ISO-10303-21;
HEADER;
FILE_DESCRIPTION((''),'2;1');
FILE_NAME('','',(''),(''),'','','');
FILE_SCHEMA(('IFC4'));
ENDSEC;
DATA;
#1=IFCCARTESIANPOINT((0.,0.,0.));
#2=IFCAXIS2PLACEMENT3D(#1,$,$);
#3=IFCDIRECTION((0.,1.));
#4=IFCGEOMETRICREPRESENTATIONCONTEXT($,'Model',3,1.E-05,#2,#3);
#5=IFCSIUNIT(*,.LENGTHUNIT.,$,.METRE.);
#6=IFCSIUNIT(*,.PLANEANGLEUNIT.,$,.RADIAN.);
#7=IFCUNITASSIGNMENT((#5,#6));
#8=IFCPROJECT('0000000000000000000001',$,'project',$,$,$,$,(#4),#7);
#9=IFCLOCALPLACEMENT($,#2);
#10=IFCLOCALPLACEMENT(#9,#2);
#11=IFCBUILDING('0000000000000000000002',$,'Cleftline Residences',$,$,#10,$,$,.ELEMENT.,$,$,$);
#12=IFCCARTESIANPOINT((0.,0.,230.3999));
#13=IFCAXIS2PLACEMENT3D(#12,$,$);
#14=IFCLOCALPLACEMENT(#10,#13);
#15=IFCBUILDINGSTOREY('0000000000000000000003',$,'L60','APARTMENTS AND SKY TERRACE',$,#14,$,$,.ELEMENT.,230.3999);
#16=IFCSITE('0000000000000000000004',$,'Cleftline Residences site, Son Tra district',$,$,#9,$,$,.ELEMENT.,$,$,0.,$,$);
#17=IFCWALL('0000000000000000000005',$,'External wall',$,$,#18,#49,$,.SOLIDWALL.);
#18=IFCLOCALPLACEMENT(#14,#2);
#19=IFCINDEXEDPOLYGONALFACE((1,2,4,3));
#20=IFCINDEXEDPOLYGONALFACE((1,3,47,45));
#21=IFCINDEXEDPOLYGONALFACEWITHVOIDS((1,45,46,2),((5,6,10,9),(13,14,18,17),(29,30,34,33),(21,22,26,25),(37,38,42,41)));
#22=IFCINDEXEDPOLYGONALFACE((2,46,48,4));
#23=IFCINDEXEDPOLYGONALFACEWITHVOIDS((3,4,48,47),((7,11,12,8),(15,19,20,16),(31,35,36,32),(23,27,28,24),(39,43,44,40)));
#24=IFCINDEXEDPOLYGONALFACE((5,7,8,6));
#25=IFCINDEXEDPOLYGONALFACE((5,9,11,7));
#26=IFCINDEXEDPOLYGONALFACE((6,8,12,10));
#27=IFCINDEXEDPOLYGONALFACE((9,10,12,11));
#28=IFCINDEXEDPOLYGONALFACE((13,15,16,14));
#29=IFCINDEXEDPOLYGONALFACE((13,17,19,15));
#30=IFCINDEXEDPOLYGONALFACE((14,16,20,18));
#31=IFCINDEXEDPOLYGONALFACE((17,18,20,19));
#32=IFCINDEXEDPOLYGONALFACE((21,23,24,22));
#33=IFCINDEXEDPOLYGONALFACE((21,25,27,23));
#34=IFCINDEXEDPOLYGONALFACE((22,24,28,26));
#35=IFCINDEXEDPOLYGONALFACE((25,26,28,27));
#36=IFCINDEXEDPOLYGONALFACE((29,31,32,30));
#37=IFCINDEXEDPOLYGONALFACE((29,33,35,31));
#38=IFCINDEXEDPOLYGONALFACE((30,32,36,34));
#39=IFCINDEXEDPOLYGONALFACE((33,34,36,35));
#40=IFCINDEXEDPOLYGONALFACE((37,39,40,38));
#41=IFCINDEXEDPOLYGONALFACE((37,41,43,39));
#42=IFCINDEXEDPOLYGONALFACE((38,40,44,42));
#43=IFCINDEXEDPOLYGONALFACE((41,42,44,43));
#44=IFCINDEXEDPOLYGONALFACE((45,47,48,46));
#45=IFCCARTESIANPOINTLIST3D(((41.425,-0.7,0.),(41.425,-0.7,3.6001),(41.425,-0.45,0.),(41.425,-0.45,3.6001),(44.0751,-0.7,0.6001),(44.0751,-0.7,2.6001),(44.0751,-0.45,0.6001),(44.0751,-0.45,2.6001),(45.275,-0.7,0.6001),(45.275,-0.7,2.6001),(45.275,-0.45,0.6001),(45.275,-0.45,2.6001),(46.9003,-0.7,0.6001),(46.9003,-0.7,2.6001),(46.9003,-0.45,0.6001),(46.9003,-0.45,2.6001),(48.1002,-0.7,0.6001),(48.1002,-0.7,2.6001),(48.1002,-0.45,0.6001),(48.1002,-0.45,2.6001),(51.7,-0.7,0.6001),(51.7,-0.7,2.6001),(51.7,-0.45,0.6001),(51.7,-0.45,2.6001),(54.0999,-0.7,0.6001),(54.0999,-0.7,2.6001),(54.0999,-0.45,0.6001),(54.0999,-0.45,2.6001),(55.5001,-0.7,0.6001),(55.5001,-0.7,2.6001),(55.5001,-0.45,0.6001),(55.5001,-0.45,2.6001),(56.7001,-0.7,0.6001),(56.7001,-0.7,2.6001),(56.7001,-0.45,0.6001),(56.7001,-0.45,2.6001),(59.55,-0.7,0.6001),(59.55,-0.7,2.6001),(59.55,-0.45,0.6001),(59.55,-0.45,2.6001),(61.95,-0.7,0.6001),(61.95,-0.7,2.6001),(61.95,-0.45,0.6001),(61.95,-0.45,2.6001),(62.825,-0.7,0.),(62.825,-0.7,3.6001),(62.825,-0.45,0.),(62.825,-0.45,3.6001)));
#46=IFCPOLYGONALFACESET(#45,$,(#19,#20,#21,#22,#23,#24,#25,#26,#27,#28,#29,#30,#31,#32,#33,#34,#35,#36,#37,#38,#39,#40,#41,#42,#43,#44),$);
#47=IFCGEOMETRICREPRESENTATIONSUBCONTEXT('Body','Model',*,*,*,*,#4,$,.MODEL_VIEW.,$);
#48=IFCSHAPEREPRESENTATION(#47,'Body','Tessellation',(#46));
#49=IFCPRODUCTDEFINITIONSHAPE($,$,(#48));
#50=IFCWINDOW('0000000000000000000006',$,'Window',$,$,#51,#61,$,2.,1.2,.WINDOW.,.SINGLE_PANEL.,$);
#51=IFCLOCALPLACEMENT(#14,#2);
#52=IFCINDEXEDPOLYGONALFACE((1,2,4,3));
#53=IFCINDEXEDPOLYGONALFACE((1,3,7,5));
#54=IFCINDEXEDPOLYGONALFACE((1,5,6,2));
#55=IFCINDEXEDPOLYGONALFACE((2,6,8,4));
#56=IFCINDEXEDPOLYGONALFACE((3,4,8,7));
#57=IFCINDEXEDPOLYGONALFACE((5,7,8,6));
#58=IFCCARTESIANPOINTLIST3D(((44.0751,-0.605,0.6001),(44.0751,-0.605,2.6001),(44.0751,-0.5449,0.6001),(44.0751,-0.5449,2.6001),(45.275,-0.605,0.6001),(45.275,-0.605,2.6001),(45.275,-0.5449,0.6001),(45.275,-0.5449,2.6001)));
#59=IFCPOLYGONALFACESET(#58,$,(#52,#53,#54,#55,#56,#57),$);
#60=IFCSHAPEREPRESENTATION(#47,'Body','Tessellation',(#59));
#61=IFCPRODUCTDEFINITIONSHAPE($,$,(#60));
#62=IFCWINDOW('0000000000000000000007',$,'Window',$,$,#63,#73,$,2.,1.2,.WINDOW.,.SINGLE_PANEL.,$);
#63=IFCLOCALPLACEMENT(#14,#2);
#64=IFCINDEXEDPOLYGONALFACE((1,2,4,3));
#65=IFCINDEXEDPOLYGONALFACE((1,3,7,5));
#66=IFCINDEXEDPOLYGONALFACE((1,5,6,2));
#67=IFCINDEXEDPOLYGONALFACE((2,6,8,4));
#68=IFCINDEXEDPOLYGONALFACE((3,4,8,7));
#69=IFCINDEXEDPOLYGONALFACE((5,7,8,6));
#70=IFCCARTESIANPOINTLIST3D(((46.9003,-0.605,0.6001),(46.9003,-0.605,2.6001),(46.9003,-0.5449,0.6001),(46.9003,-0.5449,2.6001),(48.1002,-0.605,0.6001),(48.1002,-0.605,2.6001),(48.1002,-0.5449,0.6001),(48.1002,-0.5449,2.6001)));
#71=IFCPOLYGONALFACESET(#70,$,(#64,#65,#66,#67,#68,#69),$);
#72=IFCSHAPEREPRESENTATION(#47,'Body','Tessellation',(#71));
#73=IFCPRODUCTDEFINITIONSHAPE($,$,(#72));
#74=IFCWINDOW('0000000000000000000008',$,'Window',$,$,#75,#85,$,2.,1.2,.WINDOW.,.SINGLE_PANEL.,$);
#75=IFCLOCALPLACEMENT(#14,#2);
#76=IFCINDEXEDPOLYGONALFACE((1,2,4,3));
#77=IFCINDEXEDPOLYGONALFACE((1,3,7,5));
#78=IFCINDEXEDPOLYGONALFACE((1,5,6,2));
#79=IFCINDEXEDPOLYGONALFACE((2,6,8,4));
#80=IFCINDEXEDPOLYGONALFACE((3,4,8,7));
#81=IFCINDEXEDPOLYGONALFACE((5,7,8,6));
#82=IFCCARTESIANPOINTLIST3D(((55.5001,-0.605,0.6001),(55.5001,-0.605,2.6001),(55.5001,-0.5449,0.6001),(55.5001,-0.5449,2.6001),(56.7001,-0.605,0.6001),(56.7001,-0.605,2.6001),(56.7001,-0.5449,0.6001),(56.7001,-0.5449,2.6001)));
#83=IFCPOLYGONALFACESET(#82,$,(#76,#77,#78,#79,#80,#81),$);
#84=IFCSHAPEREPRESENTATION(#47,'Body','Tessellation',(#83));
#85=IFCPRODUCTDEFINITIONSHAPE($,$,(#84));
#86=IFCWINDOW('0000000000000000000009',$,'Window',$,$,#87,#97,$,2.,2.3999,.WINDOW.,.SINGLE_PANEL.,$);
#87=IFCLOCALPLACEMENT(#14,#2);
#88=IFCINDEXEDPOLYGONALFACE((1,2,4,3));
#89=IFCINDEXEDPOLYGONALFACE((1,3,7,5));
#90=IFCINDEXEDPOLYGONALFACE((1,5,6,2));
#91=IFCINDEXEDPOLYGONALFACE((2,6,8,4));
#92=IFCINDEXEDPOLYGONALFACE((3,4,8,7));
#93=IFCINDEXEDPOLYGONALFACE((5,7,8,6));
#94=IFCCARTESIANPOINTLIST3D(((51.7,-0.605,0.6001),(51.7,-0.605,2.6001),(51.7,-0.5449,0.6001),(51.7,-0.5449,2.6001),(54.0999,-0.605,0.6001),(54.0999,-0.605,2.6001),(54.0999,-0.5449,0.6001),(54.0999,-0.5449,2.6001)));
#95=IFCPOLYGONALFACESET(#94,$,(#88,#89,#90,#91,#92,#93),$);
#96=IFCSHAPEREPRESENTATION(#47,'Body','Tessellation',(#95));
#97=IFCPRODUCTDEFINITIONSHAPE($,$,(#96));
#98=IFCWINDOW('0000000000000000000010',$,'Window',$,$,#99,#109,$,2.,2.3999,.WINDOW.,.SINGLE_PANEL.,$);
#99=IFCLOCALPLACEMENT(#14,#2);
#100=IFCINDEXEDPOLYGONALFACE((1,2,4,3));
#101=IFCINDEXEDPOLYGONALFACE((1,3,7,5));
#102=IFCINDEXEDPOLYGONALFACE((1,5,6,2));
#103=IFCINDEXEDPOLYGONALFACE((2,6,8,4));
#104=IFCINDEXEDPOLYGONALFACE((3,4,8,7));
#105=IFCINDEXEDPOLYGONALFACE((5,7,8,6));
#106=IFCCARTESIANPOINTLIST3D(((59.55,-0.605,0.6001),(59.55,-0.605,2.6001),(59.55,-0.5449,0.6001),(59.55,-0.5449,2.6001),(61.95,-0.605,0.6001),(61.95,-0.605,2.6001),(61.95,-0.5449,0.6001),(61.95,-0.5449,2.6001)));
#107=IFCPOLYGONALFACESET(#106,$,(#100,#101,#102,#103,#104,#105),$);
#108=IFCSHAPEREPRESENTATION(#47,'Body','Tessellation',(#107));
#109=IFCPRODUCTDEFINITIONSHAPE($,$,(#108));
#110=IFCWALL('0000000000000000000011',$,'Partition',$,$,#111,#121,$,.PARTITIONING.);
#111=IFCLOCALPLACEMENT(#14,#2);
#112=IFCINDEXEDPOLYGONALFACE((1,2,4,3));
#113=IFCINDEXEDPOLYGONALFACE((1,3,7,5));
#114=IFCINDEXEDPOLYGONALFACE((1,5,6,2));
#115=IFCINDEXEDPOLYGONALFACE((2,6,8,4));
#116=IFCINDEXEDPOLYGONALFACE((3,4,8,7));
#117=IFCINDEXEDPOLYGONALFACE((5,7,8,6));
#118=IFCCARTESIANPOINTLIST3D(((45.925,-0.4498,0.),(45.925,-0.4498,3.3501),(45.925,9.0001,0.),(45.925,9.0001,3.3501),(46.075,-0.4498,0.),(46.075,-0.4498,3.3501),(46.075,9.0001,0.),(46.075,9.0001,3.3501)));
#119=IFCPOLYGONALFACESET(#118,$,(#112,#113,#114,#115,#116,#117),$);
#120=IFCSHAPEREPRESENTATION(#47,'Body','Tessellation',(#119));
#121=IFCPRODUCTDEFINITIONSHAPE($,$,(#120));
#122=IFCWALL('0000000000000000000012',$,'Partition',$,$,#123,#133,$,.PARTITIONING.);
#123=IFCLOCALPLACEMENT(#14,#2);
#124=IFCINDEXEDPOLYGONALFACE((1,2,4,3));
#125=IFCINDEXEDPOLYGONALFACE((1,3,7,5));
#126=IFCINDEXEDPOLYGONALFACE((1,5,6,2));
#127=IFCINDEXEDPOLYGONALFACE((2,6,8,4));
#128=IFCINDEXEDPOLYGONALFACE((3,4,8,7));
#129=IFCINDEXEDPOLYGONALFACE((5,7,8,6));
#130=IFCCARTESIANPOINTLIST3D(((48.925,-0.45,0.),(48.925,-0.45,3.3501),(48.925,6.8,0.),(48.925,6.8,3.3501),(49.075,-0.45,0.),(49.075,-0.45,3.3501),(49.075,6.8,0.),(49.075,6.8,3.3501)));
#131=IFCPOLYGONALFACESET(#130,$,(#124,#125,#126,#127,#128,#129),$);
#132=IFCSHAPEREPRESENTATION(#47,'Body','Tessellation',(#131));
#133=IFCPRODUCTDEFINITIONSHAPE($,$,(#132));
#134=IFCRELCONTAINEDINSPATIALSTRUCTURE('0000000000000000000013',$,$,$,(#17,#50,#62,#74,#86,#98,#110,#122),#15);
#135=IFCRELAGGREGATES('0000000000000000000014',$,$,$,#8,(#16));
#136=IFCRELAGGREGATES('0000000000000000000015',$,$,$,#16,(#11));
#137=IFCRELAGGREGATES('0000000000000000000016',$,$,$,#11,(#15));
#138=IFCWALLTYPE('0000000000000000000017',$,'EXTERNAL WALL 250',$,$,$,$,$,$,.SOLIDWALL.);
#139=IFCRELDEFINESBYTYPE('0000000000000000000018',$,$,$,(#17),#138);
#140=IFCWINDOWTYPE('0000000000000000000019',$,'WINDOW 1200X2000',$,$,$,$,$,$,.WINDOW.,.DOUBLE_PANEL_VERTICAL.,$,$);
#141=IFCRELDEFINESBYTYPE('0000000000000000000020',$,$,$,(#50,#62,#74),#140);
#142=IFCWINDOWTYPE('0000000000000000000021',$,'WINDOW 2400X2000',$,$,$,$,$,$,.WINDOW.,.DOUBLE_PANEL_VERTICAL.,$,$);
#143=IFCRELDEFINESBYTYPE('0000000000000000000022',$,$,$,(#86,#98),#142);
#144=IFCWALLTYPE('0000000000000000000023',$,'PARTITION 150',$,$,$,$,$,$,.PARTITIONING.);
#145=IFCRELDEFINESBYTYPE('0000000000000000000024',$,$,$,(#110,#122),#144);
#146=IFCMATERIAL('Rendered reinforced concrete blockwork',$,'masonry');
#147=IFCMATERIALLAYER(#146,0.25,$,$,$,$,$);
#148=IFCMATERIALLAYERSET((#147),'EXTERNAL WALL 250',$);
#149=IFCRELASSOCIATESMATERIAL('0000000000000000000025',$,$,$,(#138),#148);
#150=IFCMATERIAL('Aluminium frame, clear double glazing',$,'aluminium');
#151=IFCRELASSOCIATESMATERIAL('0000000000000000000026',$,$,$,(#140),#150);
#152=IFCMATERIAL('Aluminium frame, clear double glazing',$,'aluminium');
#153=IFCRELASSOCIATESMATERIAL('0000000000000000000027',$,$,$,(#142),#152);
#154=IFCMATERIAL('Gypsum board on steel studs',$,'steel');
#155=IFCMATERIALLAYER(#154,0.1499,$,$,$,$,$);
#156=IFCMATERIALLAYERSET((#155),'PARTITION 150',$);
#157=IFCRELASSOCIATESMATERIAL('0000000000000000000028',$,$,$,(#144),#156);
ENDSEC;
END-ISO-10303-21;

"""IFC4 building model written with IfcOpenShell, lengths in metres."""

from ifc_helpers import new_model, si_unit, direction, frame, frame_2d, origin, place, context, subcontext, project, spatial, rectangle, extrude, material, layer, layer_set, type_object, element, fill, save


model = new_model("IFC4")

# Units and contexts
model_context = context("Model", 3, precision=1e-05, world=origin(), true_north=direction((0.0, 1.0)))
body_context = subcontext(model_context, "Body", "Model", "MODEL_VIEW")
ifc_project = project(units=[si_unit("LENGTHUNIT", "METRE"), si_unit("PLANEANGLEUNIT", "RADIAN")], contexts=[model_context])

# Site, building, storey
site_placement = place(None, origin())
site = spatial("IfcSite", under=ifc_project, at=site_placement, Name="Cleftline Residences site, Son Tra district", CompositionType="ELEMENT", RefElevation=0.0)
building_placement = place(site_placement, origin())
building = spatial("IfcBuilding", under=site, at=building_placement, Name="Cleftline Residences", CompositionType="ELEMENT")
storey_placement = place(building_placement, frame((0.0, 0.0, 230.3999)))
storey = spatial("IfcBuildingStorey", under=building, at=storey_placement, Name="L60", Description="APARTMENTS AND SKY TERRACE", CompositionType="ELEMENT", Elevation=230.3999)

# Wall, openings, windows
ifc_material_1 = material(Name="Rendered reinforced concrete blockwork", Category="masonry")
ifc_layer_1 = layer(ifc_material_1, 0.25)
ifc_layer_set_1 = layer_set([ifc_layer_1], Name="EXTERNAL WALL 250")
wall_type_1 = type_object("IfcWallType", Name="EXTERNAL WALL 250", PredefinedType="SOLIDWALL", material=ifc_layer_set_1)
wall_1_placement = place(storey_placement, frame((41.425, -0.575, 0.0), z_axis=(0.0, 0.0, 1.0), x_axis=(1.0, 0.0, 0.0)))
wall_1 = element("IfcWall", 1, at=wall_1_placement, inside=storey, type_object=wall_type_1, Name="External wall", PredefinedType="SOLIDWALL", context=body_context, shape_type="SweptSolid", body=[
    extrude(rectangle(XDim=21.3999, YDim=0.25, at=frame_2d((10.7, 0.0))), origin(), (0.0, 0.0, 1.0), 3.6001),
])
opening_1_placement = place(wall_1_placement, frame((2.6499, 0.0, 0.6001)))
opening_1 = element("IfcOpeningElement", 2, at=opening_1_placement, cuts=wall_1, PredefinedType="OPENING", context=body_context, shape_type="SweptSolid", body=[
    extrude(rectangle(XDim=1.2, YDim=2.0, at=frame_2d((0.6001, 1.0))), frame((0.0, 0.135, 0.0), z_axis=(0.0, -1.0, 0.0), x_axis=(1.0, 0.0, 0.0)), (0.0, 0.0, 1.0), 0.27),
])
opening_2_placement = place(wall_1_placement, frame((5.4751, 0.0, 0.6001)))
opening_2 = element("IfcOpeningElement", 3, at=opening_2_placement, cuts=wall_1, PredefinedType="OPENING", context=body_context, shape_type="SweptSolid", body=[
    extrude(rectangle(XDim=1.2, YDim=2.0, at=frame_2d((0.6001, 1.0))), frame((0.0, 0.135, 0.0), z_axis=(0.0, -1.0, 0.0), x_axis=(1.0, 0.0, 0.0)), (0.0, 0.0, 1.0), 0.27),
])
opening_3_placement = place(wall_1_placement, frame((10.2749, 0.0, 0.6001)))
opening_3 = element("IfcOpeningElement", 4, at=opening_3_placement, cuts=wall_1, PredefinedType="OPENING", context=body_context, shape_type="SweptSolid", body=[
    extrude(rectangle(XDim=2.3999, YDim=2.0, at=frame_2d((1.2, 1.0))), frame((0.0, 0.135, 0.0), z_axis=(0.0, -1.0, 0.0), x_axis=(1.0, 0.0, 0.0)), (0.0, 0.0, 1.0), 0.27),
])
opening_4_placement = place(wall_1_placement, frame((14.075, 0.0, 0.6001)))
opening_4 = element("IfcOpeningElement", 5, at=opening_4_placement, cuts=wall_1, PredefinedType="OPENING", context=body_context, shape_type="SweptSolid", body=[
    extrude(rectangle(XDim=1.2, YDim=2.0, at=frame_2d((0.6001, 1.0))), frame((0.0, 0.135, 0.0), z_axis=(0.0, -1.0, 0.0), x_axis=(1.0, 0.0, 0.0)), (0.0, 0.0, 1.0), 0.27),
])
opening_5_placement = place(wall_1_placement, frame((18.125, 0.0, 0.6001)))
opening_5 = element("IfcOpeningElement", 6, at=opening_5_placement, cuts=wall_1, PredefinedType="OPENING", context=body_context, shape_type="SweptSolid", body=[
    extrude(rectangle(XDim=2.3999, YDim=2.0, at=frame_2d((1.2, 1.0))), frame((0.0, 0.135, 0.0), z_axis=(0.0, -1.0, 0.0), x_axis=(1.0, 0.0, 0.0)), (0.0, 0.0, 1.0), 0.27),
])
ifc_material_2 = material(Name="Aluminium frame, clear double glazing", Category="aluminium")
window_type_1 = type_object("IfcWindowType", Name="WINDOW 1200X2000", PartitioningType="DOUBLE_PANEL_VERTICAL", PredefinedType="WINDOW", material=ifc_material_2)
window_1_placement = place(opening_1_placement, origin())
window_1 = element("IfcWindow", 7, at=window_1_placement, inside=storey, type_object=window_type_1, Name="Window", OverallHeight=2.0, OverallWidth=1.2, PartitioningType="SINGLE_PANEL", PredefinedType="WINDOW", context=body_context, shape_type="SweptSolid", body=[
    extrude(rectangle(XDim=1.2, YDim=2.0, at=frame_2d((0.6001, 1.0))), frame((0.0, 0.03, 0.0), z_axis=(0.0, -1.0, 0.0), x_axis=(1.0, 0.0, 0.0)), (0.0, 0.0, 1.0), 0.0601),
])
fill(opening_1, window_1)
window_2_placement = place(opening_2_placement, origin())
window_2 = element("IfcWindow", 8, at=window_2_placement, inside=storey, type_object=window_type_1, Name="Window", OverallHeight=2.0, OverallWidth=1.2, PartitioningType="SINGLE_PANEL", PredefinedType="WINDOW", context=body_context, shape_type="SweptSolid", body=[
    extrude(rectangle(XDim=1.2, YDim=2.0, at=frame_2d((0.6001, 1.0))), frame((0.0, 0.03, 0.0), z_axis=(0.0, -1.0, 0.0), x_axis=(1.0, 0.0, 0.0)), (0.0, 0.0, 1.0), 0.0601),
])
fill(opening_2, window_2)
window_3_placement = place(opening_4_placement, origin())
window_3 = element("IfcWindow", 9, at=window_3_placement, inside=storey, type_object=window_type_1, Name="Window", OverallHeight=2.0, OverallWidth=1.2, PartitioningType="SINGLE_PANEL", PredefinedType="WINDOW", context=body_context, shape_type="SweptSolid", body=[
    extrude(rectangle(XDim=1.2, YDim=2.0, at=frame_2d((0.6001, 1.0))), frame((0.0, 0.03, 0.0), z_axis=(0.0, -1.0, 0.0), x_axis=(1.0, 0.0, 0.0)), (0.0, 0.0, 1.0), 0.0601),
])
fill(opening_4, window_3)
ifc_material_3 = material(Name="Aluminium frame, clear double glazing", Category="aluminium")
window_type_2 = type_object("IfcWindowType", Name="WINDOW 2400X2000", PartitioningType="DOUBLE_PANEL_VERTICAL", PredefinedType="WINDOW", material=ifc_material_3)
window_4_placement = place(opening_3_placement, origin())
window_4 = element("IfcWindow", 10, at=window_4_placement, inside=storey, type_object=window_type_2, Name="Window", OverallHeight=2.0, OverallWidth=2.3999, PartitioningType="SINGLE_PANEL", PredefinedType="WINDOW", context=body_context, shape_type="SweptSolid", body=[
    extrude(rectangle(XDim=2.3999, YDim=2.0, at=frame_2d((1.2, 1.0))), frame((0.0, 0.03, 0.0), z_axis=(0.0, -1.0, 0.0), x_axis=(1.0, 0.0, 0.0)), (0.0, 0.0, 1.0), 0.0601),
])
fill(opening_3, window_4)
window_5_placement = place(opening_5_placement, origin())
window_5 = element("IfcWindow", 11, at=window_5_placement, inside=storey, type_object=window_type_2, Name="Window", OverallHeight=2.0, OverallWidth=2.3999, PartitioningType="SINGLE_PANEL", PredefinedType="WINDOW", context=body_context, shape_type="SweptSolid", body=[
    extrude(rectangle(XDim=2.3999, YDim=2.0, at=frame_2d((1.2, 1.0))), frame((0.0, 0.03, 0.0), z_axis=(0.0, -1.0, 0.0), x_axis=(1.0, 0.0, 0.0)), (0.0, 0.0, 1.0), 0.0601),
])
fill(opening_5, window_5)

# Walls
ifc_material_4 = material(Name="Gypsum board on steel studs", Category="steel")
ifc_layer_2 = layer(ifc_material_4, 0.1499)
ifc_layer_set_2 = layer_set([ifc_layer_2], Name="PARTITION 150")
wall_type_2 = type_object("IfcWallType", Name="PARTITION 150", PredefinedType="PARTITIONING", material=ifc_layer_set_2)
wall_2_placement = place(storey_placement, frame((46.0, -0.45, 0.0), z_axis=(0.0, 0.0, 1.0), x_axis=(0.0, 1.0, 0.0)))
element("IfcWall", 12, at=wall_2_placement, inside=storey, type_object=wall_type_2, Name="Partition", PredefinedType="PARTITIONING", context=body_context, shape_type="SweptSolid", body=[
    extrude(rectangle(XDim=9.45, YDim=0.1499, at=frame_2d((4.7251, 0.0))), origin(), (0.0, 0.0, 1.0), 3.3501),
])
wall_3_placement = place(storey_placement, frame((49.0, -0.45, 0.0), z_axis=(0.0, 0.0, 1.0), x_axis=(0.0, 1.0, 0.0)))
element("IfcWall", 13, at=wall_3_placement, inside=storey, type_object=wall_type_2, Name="Partition", PredefinedType="PARTITIONING", context=body_context, shape_type="SweptSolid", body=[
    extrude(rectangle(XDim=7.25, YDim=0.1499, at=frame_2d((3.625, 0.0))), origin(), (0.0, 0.0, 1.0), 3.3501),
])

save(model, "model.ifc")
